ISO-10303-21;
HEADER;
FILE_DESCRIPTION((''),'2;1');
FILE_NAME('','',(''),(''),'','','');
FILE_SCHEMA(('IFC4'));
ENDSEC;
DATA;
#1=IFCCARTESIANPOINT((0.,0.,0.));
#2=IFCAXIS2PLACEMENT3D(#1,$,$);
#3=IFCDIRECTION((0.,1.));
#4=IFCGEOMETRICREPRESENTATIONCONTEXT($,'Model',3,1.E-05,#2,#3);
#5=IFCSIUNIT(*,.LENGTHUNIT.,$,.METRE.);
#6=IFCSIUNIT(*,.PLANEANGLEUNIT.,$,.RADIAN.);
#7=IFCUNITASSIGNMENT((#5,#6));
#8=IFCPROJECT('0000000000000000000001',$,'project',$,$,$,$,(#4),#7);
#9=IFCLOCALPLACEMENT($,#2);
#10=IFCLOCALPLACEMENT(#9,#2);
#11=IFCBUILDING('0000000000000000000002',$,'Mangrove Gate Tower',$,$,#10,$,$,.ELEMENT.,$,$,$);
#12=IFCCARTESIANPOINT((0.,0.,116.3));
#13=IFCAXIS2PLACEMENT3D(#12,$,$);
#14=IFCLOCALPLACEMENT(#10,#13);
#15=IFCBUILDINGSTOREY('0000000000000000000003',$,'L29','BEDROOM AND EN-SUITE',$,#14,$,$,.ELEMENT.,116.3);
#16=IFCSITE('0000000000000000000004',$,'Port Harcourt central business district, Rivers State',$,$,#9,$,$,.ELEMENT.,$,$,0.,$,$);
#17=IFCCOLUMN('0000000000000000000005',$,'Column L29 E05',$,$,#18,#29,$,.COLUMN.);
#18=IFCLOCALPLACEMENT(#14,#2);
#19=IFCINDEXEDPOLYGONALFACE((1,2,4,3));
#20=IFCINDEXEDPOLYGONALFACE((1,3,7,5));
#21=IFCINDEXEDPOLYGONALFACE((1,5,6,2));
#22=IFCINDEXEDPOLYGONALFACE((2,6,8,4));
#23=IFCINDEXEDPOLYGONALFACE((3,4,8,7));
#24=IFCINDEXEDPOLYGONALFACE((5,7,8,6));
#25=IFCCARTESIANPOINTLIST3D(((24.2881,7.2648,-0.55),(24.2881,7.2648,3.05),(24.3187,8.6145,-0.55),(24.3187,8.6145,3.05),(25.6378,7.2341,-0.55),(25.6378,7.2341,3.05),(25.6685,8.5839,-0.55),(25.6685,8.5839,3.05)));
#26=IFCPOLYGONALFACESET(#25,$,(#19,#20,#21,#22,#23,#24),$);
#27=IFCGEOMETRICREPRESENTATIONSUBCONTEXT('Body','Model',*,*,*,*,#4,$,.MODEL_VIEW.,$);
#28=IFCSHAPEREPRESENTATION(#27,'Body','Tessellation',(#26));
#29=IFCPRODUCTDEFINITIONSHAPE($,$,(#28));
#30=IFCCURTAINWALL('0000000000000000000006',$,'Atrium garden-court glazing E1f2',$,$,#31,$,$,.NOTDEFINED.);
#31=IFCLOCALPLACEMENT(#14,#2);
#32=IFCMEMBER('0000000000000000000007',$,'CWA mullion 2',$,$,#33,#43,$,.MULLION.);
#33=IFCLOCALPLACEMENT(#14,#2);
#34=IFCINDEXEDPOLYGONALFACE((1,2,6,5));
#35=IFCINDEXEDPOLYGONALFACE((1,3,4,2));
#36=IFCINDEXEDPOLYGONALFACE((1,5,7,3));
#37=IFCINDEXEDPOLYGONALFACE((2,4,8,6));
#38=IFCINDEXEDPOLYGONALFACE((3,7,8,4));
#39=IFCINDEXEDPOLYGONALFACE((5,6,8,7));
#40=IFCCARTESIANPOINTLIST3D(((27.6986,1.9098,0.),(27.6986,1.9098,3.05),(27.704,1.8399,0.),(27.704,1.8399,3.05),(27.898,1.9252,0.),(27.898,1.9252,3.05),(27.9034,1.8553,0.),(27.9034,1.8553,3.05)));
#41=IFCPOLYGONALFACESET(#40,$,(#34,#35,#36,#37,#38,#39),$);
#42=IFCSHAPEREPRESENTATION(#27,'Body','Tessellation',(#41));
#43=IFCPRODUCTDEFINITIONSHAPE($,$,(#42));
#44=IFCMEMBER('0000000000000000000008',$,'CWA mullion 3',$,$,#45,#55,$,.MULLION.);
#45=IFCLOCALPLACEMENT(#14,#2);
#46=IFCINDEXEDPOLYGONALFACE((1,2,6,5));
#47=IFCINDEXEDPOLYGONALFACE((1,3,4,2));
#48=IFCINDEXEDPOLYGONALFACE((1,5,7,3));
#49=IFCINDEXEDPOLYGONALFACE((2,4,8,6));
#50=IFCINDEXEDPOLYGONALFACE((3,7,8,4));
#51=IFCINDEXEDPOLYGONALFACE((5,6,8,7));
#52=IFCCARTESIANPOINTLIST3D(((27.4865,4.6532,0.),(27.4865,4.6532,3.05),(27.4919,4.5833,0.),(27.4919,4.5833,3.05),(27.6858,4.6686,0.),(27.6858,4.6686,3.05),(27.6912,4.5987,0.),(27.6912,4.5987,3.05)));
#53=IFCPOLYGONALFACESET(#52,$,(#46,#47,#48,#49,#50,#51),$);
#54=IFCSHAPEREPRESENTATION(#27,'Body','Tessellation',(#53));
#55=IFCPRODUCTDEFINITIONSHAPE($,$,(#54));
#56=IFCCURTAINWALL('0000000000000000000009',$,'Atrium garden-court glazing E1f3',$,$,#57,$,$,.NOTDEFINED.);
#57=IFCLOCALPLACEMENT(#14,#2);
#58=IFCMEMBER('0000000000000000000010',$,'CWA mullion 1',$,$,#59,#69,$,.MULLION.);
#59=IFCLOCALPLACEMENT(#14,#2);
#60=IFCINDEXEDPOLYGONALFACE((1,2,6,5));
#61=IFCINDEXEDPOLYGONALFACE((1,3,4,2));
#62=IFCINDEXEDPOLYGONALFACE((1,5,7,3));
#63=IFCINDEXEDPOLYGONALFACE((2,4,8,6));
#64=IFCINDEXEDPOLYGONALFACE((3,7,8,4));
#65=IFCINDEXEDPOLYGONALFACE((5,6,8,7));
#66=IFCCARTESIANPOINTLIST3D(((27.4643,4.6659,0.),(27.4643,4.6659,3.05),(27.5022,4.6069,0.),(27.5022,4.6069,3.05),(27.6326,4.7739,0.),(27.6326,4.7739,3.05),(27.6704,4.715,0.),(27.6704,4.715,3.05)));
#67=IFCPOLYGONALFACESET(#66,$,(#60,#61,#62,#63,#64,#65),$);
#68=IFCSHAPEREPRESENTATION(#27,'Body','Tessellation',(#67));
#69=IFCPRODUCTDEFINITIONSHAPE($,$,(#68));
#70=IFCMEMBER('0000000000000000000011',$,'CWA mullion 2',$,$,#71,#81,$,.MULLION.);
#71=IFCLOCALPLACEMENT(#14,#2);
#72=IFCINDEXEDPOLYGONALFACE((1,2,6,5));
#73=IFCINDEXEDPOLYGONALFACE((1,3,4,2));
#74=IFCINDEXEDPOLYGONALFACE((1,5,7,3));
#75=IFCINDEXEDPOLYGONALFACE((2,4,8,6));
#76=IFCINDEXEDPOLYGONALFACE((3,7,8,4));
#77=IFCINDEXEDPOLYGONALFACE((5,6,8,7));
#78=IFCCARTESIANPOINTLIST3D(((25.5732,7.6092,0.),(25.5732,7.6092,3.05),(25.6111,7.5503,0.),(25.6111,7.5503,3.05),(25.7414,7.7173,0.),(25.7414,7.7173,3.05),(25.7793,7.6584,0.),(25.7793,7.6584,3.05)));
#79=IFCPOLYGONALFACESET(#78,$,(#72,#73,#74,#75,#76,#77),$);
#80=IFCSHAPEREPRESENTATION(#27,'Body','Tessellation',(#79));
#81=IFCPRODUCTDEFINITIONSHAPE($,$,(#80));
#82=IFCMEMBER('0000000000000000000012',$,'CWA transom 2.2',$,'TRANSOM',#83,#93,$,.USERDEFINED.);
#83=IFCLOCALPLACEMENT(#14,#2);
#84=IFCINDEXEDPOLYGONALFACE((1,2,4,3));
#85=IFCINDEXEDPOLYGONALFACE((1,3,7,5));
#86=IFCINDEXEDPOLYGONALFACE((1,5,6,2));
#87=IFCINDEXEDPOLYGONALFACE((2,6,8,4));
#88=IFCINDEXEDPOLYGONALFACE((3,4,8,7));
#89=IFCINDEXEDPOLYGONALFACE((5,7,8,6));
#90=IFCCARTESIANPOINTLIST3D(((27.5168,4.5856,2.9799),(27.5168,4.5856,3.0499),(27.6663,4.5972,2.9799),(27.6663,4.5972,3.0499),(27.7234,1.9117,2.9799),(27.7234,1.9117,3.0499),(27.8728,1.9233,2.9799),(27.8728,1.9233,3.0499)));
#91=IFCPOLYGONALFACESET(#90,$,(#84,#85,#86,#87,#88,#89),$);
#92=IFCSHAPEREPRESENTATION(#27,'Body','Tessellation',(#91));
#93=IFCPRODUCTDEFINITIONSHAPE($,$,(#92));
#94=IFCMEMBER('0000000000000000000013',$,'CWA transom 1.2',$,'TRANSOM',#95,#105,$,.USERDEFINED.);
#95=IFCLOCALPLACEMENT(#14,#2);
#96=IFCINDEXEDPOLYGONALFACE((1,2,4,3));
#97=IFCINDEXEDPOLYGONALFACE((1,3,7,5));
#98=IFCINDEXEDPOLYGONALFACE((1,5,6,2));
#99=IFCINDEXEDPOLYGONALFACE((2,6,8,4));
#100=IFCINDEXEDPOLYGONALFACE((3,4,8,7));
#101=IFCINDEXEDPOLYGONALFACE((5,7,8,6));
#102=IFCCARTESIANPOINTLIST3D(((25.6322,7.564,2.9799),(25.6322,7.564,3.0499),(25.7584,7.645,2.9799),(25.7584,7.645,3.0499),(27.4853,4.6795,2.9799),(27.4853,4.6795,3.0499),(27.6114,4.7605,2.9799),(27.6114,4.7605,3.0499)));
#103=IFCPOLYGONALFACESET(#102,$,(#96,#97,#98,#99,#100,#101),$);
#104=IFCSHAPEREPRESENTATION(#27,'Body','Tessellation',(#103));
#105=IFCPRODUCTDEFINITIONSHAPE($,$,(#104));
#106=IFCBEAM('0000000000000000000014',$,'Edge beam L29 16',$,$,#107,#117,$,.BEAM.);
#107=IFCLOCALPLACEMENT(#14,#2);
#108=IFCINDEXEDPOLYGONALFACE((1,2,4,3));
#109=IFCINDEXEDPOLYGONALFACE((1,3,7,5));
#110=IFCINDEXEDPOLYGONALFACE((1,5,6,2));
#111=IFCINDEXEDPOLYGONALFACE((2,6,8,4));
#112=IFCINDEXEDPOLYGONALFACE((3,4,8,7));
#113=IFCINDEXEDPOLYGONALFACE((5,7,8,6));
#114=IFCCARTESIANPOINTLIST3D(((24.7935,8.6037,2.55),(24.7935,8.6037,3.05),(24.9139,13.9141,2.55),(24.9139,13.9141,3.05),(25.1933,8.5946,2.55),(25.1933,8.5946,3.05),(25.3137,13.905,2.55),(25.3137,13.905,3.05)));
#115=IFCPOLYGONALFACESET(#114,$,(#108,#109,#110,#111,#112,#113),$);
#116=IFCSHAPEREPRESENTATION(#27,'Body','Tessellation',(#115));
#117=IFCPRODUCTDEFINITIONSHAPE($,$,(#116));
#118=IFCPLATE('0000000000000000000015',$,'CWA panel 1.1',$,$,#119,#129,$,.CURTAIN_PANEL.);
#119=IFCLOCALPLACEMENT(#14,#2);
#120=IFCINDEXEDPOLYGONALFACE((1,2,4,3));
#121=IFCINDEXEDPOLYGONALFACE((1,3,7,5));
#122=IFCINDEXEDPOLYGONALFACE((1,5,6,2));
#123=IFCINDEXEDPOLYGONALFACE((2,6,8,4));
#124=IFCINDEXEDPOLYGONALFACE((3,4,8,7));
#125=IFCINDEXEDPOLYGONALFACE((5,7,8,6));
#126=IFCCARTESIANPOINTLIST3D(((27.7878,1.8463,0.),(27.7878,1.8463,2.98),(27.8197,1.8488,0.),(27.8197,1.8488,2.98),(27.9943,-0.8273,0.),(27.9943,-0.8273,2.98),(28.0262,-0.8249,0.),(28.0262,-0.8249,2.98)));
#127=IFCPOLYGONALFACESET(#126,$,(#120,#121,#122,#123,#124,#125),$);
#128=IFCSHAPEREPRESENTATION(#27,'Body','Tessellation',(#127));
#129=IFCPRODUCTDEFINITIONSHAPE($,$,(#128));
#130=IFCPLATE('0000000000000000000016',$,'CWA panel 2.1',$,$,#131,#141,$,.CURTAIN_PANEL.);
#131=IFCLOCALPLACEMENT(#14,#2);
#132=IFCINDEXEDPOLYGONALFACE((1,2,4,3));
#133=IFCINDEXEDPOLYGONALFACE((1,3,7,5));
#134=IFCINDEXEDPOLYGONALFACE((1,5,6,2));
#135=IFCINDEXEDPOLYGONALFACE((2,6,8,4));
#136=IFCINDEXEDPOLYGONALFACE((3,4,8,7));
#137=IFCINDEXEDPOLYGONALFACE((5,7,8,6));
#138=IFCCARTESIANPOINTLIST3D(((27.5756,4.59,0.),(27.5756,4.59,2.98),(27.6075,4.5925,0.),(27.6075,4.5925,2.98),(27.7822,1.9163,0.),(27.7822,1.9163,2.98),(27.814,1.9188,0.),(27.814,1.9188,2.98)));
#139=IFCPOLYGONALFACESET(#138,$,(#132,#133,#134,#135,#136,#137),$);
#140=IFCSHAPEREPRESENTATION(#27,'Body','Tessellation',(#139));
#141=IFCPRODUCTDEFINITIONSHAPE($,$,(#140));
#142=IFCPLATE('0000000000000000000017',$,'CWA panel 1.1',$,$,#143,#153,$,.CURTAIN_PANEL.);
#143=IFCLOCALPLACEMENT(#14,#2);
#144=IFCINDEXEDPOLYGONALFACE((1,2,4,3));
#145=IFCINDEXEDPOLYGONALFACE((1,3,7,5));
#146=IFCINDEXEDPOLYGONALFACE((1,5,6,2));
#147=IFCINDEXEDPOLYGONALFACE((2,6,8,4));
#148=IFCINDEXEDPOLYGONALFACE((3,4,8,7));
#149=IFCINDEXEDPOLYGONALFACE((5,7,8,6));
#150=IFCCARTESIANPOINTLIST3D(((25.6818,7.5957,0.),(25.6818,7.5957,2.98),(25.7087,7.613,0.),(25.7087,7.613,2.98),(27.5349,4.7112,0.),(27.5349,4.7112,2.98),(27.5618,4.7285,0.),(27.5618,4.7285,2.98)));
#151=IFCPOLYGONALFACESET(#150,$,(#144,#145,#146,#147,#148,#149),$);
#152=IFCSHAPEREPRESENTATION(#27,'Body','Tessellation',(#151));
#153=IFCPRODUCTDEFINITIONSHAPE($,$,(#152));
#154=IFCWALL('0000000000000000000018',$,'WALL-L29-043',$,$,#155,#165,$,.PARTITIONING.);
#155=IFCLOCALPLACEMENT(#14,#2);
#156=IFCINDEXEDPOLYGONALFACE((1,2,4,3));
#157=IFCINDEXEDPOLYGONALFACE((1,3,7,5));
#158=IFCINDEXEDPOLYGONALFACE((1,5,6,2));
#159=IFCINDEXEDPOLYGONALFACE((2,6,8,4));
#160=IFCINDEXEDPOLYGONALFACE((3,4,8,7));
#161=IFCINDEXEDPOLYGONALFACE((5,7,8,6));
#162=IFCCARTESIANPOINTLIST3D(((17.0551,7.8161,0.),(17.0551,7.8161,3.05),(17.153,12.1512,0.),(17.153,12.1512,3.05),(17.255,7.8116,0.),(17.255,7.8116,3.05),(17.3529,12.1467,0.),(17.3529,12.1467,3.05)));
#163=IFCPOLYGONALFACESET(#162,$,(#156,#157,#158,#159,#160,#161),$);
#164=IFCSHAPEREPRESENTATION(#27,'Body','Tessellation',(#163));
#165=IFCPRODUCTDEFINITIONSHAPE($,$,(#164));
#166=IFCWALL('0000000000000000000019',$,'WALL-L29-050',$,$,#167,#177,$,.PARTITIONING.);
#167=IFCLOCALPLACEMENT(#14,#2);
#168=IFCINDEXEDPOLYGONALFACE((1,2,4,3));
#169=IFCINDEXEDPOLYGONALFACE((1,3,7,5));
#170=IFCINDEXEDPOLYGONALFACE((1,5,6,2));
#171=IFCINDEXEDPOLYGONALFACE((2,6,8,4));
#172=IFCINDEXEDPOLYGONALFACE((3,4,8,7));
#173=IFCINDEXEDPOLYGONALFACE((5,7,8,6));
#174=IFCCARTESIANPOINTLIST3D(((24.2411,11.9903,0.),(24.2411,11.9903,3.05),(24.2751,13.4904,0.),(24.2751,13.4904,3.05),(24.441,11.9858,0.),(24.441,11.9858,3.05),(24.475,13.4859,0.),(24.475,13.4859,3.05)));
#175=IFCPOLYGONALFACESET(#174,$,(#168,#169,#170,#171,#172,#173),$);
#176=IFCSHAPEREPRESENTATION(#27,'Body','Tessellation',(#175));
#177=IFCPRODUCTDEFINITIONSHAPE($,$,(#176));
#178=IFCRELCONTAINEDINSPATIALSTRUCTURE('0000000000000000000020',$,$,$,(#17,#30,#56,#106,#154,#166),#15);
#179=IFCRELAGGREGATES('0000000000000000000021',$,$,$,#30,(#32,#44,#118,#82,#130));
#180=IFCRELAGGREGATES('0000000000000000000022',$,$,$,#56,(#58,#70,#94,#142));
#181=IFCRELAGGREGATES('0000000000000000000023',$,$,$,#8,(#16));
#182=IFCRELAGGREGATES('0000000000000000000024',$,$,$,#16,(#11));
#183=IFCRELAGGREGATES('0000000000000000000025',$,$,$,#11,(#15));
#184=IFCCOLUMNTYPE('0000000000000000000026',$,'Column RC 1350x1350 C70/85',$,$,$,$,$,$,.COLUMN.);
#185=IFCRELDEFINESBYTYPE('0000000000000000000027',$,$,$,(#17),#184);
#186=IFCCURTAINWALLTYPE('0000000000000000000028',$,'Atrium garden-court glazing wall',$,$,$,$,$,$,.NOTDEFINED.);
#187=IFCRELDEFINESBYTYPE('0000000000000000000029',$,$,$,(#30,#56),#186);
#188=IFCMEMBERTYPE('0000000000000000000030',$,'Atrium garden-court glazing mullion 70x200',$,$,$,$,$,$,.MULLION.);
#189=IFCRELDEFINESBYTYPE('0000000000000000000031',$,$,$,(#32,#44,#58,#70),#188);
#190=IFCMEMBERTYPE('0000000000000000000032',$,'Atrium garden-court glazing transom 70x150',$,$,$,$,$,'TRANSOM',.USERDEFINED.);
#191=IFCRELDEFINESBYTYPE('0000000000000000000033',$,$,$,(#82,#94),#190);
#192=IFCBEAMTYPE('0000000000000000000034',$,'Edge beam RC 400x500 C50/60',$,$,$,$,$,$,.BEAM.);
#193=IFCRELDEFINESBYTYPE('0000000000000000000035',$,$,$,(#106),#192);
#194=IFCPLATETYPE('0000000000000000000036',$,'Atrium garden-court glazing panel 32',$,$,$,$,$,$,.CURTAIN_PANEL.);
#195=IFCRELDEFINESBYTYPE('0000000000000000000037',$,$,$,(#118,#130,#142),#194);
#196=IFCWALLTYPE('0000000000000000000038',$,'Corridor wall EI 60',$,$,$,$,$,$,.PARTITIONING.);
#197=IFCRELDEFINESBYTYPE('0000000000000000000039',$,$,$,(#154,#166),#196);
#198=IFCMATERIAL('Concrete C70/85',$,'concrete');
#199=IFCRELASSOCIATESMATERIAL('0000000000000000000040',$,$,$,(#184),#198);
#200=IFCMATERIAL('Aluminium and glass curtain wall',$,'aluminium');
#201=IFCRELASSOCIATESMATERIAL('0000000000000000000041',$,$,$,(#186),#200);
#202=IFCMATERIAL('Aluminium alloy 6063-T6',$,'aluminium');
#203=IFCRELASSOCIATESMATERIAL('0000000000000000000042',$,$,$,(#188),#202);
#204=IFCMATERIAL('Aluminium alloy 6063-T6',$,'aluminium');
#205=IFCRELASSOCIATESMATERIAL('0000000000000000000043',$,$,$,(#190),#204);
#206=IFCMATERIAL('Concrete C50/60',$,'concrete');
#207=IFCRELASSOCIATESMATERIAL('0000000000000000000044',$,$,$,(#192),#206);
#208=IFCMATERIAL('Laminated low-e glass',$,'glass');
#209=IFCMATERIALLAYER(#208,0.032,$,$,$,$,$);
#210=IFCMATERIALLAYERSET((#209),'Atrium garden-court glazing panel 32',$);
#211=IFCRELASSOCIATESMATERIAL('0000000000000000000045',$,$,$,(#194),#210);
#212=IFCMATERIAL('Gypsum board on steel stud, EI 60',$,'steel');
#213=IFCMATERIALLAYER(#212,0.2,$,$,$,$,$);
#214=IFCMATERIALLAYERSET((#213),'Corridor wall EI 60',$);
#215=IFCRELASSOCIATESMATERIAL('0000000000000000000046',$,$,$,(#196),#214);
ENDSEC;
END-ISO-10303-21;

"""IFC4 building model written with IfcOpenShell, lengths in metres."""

from ifc_helpers import new_model, si_unit, direction, frame, frame_2d, origin, origin_2d, place, context, subcontext, project, spatial, rectangle, extrude, material, layer, layer_set, material_profile, profile_set, type_object, element, aggregate, save


model = new_model("IFC4")

# Units and contexts
model_context = context("Model", 3, precision=1e-05, world=origin(), true_north=direction((0.0, 1.0)))
body_context = subcontext(model_context, "Body", "Model", "MODEL_VIEW")
ifc_project = project(units=[si_unit("LENGTHUNIT", "METRE"), si_unit("PLANEANGLEUNIT", "RADIAN")], contexts=[model_context])

# Site, building, storey
site_placement = place(None, origin())
site = spatial("IfcSite", under=ifc_project, at=site_placement, Name="Port Harcourt central business district, Rivers State", CompositionType="ELEMENT", RefElevation=0.0)
building_placement = place(site_placement, origin())
building = spatial("IfcBuilding", under=site, at=building_placement, Name="Mangrove Gate Tower", CompositionType="ELEMENT")
storey_placement = place(building_placement, frame((0.0, 0.0, 116.3)))
storey = spatial("IfcBuildingStorey", under=building, at=storey_placement, Name="L29", Description="BEDROOM AND EN-SUITE", CompositionType="ELEMENT", Elevation=116.3)

# Column
ifc_material_1 = material(Name="Concrete C70/85", Category="concrete")
ifc_material_profile_1 = material_profile(ifc_material_1, rectangle(XDim=1.3501, YDim=1.3501, at=origin_2d()))
ifc_profile_set_1 = profile_set([ifc_material_profile_1], Name="Concrete C70/85")
column_type = type_object("IfcColumnType", Name="Column RC 1350x1350 C70/85", PredefinedType="COLUMN", material=ifc_profile_set_1)
column_placement = place(storey_placement, frame((24.9783, 7.9243, -0.55), z_axis=(0.0, 0.0, 1.0), x_axis=(0.022682, 0.999743, 0.0)))
element("IfcColumn", 1, at=column_placement, inside=storey, type_object=column_type, Name="Column L29 E05", PredefinedType="COLUMN", context=body_context, shape_type="SweptSolid", body=[
    extrude(rectangle(XDim=1.3501, YDim=1.3501, at=origin_2d()), origin(), (0.0, 0.0, 1.0), 3.6001),
])

# Curtain walls, members
ifc_material_2 = material(Name="Aluminium and glass curtain wall", Category="aluminium")
curtain_wall_type = type_object("IfcCurtainWallType", Name="Atrium garden-court glazing wall", PredefinedType="NOTDEFINED", material=ifc_material_2)
curtain_wall_1_placement = place(storey_placement, origin())
curtain_wall_1 = element("IfcCurtainWall", 2, at=curtain_wall_1_placement, inside=storey, type_object=curtain_wall_type, Name="Atrium garden-court glazing E1f2", PredefinedType="NOTDEFINED")
ifc_material_3 = material(Name="Aluminium alloy 6063-T6", Category="aluminium")
ifc_material_profile_2 = material_profile(ifc_material_3, rectangle(XDim=0.0701, YDim=0.2, at=origin_2d()))
ifc_profile_set_2 = profile_set([ifc_material_profile_2], Name="Aluminium alloy 6063-T6")
member_type_1 = type_object("IfcMemberType", Name="Atrium garden-court glazing mullion 70x200", PredefinedType="MULLION", material=ifc_profile_set_2)
member_1_placement = place(storey_placement, frame((27.801, 1.8826, 0.0), z_axis=(0.0, 0.0, 1.0), x_axis=(-0.077023, 0.997029, 0.0)))
member_1 = element("IfcMember", 3, at=member_1_placement, type_object=member_type_1, Name="CWA mullion 2", PredefinedType="MULLION", context=body_context, shape_type="SweptSolid", body=[
    extrude(rectangle(XDim=0.0701, YDim=0.2, at=origin_2d()), origin(), (0.0, 0.0, 1.0), 3.05),
])
member_2_placement = place(storey_placement, frame((27.5889, 4.626, 0.0), z_axis=(0.0, 0.0, 1.0), x_axis=(-0.077023, 0.997029, 0.0)))
member_2 = element("IfcMember", 4, at=member_2_placement, type_object=member_type_1, Name="CWA mullion 3", PredefinedType="MULLION", context=body_context, shape_type="SweptSolid", body=[
    extrude(rectangle(XDim=0.0701, YDim=0.2, at=origin_2d()), origin(), (0.0, 0.0, 1.0), 3.05),
])
curtain_wall_2_placement = place(storey_placement, origin())
curtain_wall_2 = element("IfcCurtainWall", 5, at=curtain_wall_2_placement, inside=storey, type_object=curtain_wall_type, Name="Atrium garden-court glazing E1f3", PredefinedType="NOTDEFINED")
member_3_placement = place(storey_placement, frame((27.5674, 4.6904, 0.0), z_axis=(0.0, 0.0, 1.0), x_axis=(-0.540511, 0.841337, 0.0)))
member_3 = element("IfcMember", 6, at=member_3_placement, type_object=member_type_1, Name="CWA mullion 1", PredefinedType="MULLION", context=body_context, shape_type="SweptSolid", body=[
    extrude(rectangle(XDim=0.0701, YDim=0.2, at=origin_2d()), origin(), (0.0, 0.0, 1.0), 3.05),
])
member_4_placement = place(storey_placement, frame((25.6763, 7.6338, 0.0), z_axis=(0.0, 0.0, 1.0), x_axis=(-0.540511, 0.841337, 0.0)))
member_4 = element("IfcMember", 7, at=member_4_placement, type_object=member_type_1, Name="CWA mullion 2", PredefinedType="MULLION", context=body_context, shape_type="SweptSolid", body=[
    extrude(rectangle(XDim=0.0701, YDim=0.2, at=origin_2d()), origin(), (0.0, 0.0, 1.0), 3.05),
])

# Members
ifc_material_4 = material(Name="Aluminium alloy 6063-T6", Category="aluminium")
ifc_material_profile_3 = material_profile(ifc_material_4, rectangle(XDim=0.0701, YDim=0.1499, at=origin_2d()))
ifc_profile_set_3 = profile_set([ifc_material_profile_3], Name="Aluminium alloy 6063-T6")
member_type_2 = type_object("IfcMemberType", Name="Atrium garden-court glazing transom 70x150", ElementType="TRANSOM", PredefinedType="USERDEFINED", material=ifc_profile_set_3)
member_5_placement = place(storey_placement, frame((27.7981, 1.9175, 3.0149), z_axis=(-0.077017, 0.99703, 0.0), x_axis=(0.0, 0.0, 1.0)))
member_5 = element("IfcMember", 8, at=member_5_placement, type_object=member_type_2, Name="CWA transom 2.2", ObjectType="TRANSOM", PredefinedType="USERDEFINED", context=body_context, shape_type="SweptSolid", body=[
    extrude(rectangle(XDim=0.0701, YDim=0.1499, at=origin_2d()), origin(), (0.0, 0.0, 1.0), 2.6819),
])
member_6_placement = place(storey_placement, frame((27.5483, 4.72, 3.0149), z_axis=(-0.540488, 0.841352, 0.0), x_axis=(0.0, 0.0, 1.0)))
member_6 = element("IfcMember", 9, at=member_6_placement, type_object=member_type_2, Name="CWA transom 1.2", ObjectType="TRANSOM", PredefinedType="USERDEFINED", context=body_context, shape_type="SweptSolid", body=[
    extrude(rectangle(XDim=0.0701, YDim=0.1499, at=origin_2d()), origin(), (0.0, 0.0, 1.0), 3.4285),
])

# Beam
ifc_material_5 = material(Name="Concrete C50/60", Category="concrete")
ifc_material_profile_4 = material_profile(ifc_material_5, rectangle(XDim=0.3999, YDim=0.5, at=origin_2d()))
ifc_profile_set_4 = profile_set([ifc_material_profile_4], Name="Concrete C50/60")
beam_type = type_object("IfcBeamType", Name="Edge beam RC 400x500 C50/60", PredefinedType="BEAM", material=ifc_profile_set_4)
beam_placement = place(storey_placement, frame((24.9934, 8.5991, 2.8), z_axis=(0.02266, 0.999743, 0.0), x_axis=(-0.999743, 0.02266, 0.0)))
element("IfcBeam", 10, at=beam_placement, inside=storey, type_object=beam_type, Name="Edge beam L29 16", PredefinedType="BEAM", context=body_context, shape_type="SweptSolid", body=[
    extrude(rectangle(XDim=0.3999, YDim=0.5, at=origin_2d()), origin(), (0.0, 0.0, 1.0), 5.3118),
])

# Plates
ifc_material_6 = material(Name="Laminated low-e glass", Category="glass")
ifc_layer_1 = layer(ifc_material_6, 0.032)
ifc_layer_set_1 = layer_set([ifc_layer_1], Name="Atrium garden-court glazing panel 32")
plate_type = type_object("IfcPlateType", Name="Atrium garden-court glazing panel 32", PredefinedType="CURTAIN_PANEL", material=ifc_layer_set_1)
plate_1_placement = place(storey_placement, frame((27.907, 0.5107, 0.0), z_axis=(0.0, 0.0, 1.0), x_axis=(-0.077023, 0.997029, 0.0)))
plate_1 = element("IfcPlate", 11, at=plate_1_placement, type_object=plate_type, Name="CWA panel 1.1", PredefinedType="CURTAIN_PANEL", context=body_context, shape_type="SweptSolid", body=[
    extrude(rectangle(XDim=2.6816, YDim=0.032, at=origin_2d()), origin(), (0.0, 0.0, 1.0), 2.98),
])
plate_2_placement = place(storey_placement, frame((27.6948, 3.2544, 0.0), z_axis=(0.0, 0.0, 1.0), x_axis=(-0.077023, 0.997029, 0.0)))
plate_2 = element("IfcPlate", 12, at=plate_2_placement, type_object=plate_type, Name="CWA panel 2.1", PredefinedType="CURTAIN_PANEL", context=body_context, shape_type="SweptSolid", body=[
    extrude(rectangle(XDim=2.6816, YDim=0.032, at=origin_2d()), origin(), (0.0, 0.0, 1.0), 2.98),
])
aggregate(curtain_wall_1, [member_1, member_2, plate_1, member_5, plate_2])
plate_3_placement = place(storey_placement, frame((26.6218, 6.1621, 0.0), z_axis=(0.0, 0.0, 1.0), x_axis=(-0.540511, 0.841337, 0.0)))
plate_3 = element("IfcPlate", 13, at=plate_3_placement, type_object=plate_type, Name="CWA panel 1.1", PredefinedType="CURTAIN_PANEL", context=body_context, shape_type="SweptSolid", body=[
    extrude(rectangle(XDim=3.4285, YDim=0.032, at=origin_2d()), origin(), (0.0, 0.0, 1.0), 2.98),
])
aggregate(curtain_wall_2, [member_3, member_4, member_6, plate_3])

# Walls
ifc_material_7 = material(Name="Gypsum board on steel stud, EI 60", Category="steel")
ifc_layer_2 = layer(ifc_material_7, 0.2)
ifc_layer_set_2 = layer_set([ifc_layer_2], Name="Corridor wall EI 60")
wall_type_1 = type_object("IfcWallType", Name="Corridor wall EI 60", PredefinedType="PARTITIONING", material=ifc_layer_set_2)
wall_1_placement = place(storey_placement, frame((17.155, 7.814, 0.0), z_axis=(0.0, 0.0, 1.0), x_axis=(0.022578, 0.999745, 0.0)))
element("IfcWall", 14, at=wall_1_placement, inside=storey, type_object=wall_type_1, Name="WALL-L29-043", PredefinedType="PARTITIONING", context=body_context, shape_type="SweptSolid", body=[
    extrude(rectangle(XDim=4.3362, YDim=0.2, at=frame_2d((2.168, 0.0))), origin(), (0.0, 0.0, 1.0), 3.05),
])
wall_2_placement = place(storey_placement, frame((24.3411, 11.988, 0.0), z_axis=(0.0, 0.0, 1.0), x_axis=(0.022618, 0.999744, 0.0)))
element("IfcWall", 15, at=wall_2_placement, inside=storey, type_object=wall_type_1, Name="WALL-L29-050", PredefinedType="PARTITIONING", context=body_context, shape_type="SweptSolid", body=[
    extrude(rectangle(XDim=1.5005, YDim=0.2, at=frame_2d((0.7502, 0.0))), origin(), (0.0, 0.0, 1.0), 3.05),
])

save(model, "model.ifc")
